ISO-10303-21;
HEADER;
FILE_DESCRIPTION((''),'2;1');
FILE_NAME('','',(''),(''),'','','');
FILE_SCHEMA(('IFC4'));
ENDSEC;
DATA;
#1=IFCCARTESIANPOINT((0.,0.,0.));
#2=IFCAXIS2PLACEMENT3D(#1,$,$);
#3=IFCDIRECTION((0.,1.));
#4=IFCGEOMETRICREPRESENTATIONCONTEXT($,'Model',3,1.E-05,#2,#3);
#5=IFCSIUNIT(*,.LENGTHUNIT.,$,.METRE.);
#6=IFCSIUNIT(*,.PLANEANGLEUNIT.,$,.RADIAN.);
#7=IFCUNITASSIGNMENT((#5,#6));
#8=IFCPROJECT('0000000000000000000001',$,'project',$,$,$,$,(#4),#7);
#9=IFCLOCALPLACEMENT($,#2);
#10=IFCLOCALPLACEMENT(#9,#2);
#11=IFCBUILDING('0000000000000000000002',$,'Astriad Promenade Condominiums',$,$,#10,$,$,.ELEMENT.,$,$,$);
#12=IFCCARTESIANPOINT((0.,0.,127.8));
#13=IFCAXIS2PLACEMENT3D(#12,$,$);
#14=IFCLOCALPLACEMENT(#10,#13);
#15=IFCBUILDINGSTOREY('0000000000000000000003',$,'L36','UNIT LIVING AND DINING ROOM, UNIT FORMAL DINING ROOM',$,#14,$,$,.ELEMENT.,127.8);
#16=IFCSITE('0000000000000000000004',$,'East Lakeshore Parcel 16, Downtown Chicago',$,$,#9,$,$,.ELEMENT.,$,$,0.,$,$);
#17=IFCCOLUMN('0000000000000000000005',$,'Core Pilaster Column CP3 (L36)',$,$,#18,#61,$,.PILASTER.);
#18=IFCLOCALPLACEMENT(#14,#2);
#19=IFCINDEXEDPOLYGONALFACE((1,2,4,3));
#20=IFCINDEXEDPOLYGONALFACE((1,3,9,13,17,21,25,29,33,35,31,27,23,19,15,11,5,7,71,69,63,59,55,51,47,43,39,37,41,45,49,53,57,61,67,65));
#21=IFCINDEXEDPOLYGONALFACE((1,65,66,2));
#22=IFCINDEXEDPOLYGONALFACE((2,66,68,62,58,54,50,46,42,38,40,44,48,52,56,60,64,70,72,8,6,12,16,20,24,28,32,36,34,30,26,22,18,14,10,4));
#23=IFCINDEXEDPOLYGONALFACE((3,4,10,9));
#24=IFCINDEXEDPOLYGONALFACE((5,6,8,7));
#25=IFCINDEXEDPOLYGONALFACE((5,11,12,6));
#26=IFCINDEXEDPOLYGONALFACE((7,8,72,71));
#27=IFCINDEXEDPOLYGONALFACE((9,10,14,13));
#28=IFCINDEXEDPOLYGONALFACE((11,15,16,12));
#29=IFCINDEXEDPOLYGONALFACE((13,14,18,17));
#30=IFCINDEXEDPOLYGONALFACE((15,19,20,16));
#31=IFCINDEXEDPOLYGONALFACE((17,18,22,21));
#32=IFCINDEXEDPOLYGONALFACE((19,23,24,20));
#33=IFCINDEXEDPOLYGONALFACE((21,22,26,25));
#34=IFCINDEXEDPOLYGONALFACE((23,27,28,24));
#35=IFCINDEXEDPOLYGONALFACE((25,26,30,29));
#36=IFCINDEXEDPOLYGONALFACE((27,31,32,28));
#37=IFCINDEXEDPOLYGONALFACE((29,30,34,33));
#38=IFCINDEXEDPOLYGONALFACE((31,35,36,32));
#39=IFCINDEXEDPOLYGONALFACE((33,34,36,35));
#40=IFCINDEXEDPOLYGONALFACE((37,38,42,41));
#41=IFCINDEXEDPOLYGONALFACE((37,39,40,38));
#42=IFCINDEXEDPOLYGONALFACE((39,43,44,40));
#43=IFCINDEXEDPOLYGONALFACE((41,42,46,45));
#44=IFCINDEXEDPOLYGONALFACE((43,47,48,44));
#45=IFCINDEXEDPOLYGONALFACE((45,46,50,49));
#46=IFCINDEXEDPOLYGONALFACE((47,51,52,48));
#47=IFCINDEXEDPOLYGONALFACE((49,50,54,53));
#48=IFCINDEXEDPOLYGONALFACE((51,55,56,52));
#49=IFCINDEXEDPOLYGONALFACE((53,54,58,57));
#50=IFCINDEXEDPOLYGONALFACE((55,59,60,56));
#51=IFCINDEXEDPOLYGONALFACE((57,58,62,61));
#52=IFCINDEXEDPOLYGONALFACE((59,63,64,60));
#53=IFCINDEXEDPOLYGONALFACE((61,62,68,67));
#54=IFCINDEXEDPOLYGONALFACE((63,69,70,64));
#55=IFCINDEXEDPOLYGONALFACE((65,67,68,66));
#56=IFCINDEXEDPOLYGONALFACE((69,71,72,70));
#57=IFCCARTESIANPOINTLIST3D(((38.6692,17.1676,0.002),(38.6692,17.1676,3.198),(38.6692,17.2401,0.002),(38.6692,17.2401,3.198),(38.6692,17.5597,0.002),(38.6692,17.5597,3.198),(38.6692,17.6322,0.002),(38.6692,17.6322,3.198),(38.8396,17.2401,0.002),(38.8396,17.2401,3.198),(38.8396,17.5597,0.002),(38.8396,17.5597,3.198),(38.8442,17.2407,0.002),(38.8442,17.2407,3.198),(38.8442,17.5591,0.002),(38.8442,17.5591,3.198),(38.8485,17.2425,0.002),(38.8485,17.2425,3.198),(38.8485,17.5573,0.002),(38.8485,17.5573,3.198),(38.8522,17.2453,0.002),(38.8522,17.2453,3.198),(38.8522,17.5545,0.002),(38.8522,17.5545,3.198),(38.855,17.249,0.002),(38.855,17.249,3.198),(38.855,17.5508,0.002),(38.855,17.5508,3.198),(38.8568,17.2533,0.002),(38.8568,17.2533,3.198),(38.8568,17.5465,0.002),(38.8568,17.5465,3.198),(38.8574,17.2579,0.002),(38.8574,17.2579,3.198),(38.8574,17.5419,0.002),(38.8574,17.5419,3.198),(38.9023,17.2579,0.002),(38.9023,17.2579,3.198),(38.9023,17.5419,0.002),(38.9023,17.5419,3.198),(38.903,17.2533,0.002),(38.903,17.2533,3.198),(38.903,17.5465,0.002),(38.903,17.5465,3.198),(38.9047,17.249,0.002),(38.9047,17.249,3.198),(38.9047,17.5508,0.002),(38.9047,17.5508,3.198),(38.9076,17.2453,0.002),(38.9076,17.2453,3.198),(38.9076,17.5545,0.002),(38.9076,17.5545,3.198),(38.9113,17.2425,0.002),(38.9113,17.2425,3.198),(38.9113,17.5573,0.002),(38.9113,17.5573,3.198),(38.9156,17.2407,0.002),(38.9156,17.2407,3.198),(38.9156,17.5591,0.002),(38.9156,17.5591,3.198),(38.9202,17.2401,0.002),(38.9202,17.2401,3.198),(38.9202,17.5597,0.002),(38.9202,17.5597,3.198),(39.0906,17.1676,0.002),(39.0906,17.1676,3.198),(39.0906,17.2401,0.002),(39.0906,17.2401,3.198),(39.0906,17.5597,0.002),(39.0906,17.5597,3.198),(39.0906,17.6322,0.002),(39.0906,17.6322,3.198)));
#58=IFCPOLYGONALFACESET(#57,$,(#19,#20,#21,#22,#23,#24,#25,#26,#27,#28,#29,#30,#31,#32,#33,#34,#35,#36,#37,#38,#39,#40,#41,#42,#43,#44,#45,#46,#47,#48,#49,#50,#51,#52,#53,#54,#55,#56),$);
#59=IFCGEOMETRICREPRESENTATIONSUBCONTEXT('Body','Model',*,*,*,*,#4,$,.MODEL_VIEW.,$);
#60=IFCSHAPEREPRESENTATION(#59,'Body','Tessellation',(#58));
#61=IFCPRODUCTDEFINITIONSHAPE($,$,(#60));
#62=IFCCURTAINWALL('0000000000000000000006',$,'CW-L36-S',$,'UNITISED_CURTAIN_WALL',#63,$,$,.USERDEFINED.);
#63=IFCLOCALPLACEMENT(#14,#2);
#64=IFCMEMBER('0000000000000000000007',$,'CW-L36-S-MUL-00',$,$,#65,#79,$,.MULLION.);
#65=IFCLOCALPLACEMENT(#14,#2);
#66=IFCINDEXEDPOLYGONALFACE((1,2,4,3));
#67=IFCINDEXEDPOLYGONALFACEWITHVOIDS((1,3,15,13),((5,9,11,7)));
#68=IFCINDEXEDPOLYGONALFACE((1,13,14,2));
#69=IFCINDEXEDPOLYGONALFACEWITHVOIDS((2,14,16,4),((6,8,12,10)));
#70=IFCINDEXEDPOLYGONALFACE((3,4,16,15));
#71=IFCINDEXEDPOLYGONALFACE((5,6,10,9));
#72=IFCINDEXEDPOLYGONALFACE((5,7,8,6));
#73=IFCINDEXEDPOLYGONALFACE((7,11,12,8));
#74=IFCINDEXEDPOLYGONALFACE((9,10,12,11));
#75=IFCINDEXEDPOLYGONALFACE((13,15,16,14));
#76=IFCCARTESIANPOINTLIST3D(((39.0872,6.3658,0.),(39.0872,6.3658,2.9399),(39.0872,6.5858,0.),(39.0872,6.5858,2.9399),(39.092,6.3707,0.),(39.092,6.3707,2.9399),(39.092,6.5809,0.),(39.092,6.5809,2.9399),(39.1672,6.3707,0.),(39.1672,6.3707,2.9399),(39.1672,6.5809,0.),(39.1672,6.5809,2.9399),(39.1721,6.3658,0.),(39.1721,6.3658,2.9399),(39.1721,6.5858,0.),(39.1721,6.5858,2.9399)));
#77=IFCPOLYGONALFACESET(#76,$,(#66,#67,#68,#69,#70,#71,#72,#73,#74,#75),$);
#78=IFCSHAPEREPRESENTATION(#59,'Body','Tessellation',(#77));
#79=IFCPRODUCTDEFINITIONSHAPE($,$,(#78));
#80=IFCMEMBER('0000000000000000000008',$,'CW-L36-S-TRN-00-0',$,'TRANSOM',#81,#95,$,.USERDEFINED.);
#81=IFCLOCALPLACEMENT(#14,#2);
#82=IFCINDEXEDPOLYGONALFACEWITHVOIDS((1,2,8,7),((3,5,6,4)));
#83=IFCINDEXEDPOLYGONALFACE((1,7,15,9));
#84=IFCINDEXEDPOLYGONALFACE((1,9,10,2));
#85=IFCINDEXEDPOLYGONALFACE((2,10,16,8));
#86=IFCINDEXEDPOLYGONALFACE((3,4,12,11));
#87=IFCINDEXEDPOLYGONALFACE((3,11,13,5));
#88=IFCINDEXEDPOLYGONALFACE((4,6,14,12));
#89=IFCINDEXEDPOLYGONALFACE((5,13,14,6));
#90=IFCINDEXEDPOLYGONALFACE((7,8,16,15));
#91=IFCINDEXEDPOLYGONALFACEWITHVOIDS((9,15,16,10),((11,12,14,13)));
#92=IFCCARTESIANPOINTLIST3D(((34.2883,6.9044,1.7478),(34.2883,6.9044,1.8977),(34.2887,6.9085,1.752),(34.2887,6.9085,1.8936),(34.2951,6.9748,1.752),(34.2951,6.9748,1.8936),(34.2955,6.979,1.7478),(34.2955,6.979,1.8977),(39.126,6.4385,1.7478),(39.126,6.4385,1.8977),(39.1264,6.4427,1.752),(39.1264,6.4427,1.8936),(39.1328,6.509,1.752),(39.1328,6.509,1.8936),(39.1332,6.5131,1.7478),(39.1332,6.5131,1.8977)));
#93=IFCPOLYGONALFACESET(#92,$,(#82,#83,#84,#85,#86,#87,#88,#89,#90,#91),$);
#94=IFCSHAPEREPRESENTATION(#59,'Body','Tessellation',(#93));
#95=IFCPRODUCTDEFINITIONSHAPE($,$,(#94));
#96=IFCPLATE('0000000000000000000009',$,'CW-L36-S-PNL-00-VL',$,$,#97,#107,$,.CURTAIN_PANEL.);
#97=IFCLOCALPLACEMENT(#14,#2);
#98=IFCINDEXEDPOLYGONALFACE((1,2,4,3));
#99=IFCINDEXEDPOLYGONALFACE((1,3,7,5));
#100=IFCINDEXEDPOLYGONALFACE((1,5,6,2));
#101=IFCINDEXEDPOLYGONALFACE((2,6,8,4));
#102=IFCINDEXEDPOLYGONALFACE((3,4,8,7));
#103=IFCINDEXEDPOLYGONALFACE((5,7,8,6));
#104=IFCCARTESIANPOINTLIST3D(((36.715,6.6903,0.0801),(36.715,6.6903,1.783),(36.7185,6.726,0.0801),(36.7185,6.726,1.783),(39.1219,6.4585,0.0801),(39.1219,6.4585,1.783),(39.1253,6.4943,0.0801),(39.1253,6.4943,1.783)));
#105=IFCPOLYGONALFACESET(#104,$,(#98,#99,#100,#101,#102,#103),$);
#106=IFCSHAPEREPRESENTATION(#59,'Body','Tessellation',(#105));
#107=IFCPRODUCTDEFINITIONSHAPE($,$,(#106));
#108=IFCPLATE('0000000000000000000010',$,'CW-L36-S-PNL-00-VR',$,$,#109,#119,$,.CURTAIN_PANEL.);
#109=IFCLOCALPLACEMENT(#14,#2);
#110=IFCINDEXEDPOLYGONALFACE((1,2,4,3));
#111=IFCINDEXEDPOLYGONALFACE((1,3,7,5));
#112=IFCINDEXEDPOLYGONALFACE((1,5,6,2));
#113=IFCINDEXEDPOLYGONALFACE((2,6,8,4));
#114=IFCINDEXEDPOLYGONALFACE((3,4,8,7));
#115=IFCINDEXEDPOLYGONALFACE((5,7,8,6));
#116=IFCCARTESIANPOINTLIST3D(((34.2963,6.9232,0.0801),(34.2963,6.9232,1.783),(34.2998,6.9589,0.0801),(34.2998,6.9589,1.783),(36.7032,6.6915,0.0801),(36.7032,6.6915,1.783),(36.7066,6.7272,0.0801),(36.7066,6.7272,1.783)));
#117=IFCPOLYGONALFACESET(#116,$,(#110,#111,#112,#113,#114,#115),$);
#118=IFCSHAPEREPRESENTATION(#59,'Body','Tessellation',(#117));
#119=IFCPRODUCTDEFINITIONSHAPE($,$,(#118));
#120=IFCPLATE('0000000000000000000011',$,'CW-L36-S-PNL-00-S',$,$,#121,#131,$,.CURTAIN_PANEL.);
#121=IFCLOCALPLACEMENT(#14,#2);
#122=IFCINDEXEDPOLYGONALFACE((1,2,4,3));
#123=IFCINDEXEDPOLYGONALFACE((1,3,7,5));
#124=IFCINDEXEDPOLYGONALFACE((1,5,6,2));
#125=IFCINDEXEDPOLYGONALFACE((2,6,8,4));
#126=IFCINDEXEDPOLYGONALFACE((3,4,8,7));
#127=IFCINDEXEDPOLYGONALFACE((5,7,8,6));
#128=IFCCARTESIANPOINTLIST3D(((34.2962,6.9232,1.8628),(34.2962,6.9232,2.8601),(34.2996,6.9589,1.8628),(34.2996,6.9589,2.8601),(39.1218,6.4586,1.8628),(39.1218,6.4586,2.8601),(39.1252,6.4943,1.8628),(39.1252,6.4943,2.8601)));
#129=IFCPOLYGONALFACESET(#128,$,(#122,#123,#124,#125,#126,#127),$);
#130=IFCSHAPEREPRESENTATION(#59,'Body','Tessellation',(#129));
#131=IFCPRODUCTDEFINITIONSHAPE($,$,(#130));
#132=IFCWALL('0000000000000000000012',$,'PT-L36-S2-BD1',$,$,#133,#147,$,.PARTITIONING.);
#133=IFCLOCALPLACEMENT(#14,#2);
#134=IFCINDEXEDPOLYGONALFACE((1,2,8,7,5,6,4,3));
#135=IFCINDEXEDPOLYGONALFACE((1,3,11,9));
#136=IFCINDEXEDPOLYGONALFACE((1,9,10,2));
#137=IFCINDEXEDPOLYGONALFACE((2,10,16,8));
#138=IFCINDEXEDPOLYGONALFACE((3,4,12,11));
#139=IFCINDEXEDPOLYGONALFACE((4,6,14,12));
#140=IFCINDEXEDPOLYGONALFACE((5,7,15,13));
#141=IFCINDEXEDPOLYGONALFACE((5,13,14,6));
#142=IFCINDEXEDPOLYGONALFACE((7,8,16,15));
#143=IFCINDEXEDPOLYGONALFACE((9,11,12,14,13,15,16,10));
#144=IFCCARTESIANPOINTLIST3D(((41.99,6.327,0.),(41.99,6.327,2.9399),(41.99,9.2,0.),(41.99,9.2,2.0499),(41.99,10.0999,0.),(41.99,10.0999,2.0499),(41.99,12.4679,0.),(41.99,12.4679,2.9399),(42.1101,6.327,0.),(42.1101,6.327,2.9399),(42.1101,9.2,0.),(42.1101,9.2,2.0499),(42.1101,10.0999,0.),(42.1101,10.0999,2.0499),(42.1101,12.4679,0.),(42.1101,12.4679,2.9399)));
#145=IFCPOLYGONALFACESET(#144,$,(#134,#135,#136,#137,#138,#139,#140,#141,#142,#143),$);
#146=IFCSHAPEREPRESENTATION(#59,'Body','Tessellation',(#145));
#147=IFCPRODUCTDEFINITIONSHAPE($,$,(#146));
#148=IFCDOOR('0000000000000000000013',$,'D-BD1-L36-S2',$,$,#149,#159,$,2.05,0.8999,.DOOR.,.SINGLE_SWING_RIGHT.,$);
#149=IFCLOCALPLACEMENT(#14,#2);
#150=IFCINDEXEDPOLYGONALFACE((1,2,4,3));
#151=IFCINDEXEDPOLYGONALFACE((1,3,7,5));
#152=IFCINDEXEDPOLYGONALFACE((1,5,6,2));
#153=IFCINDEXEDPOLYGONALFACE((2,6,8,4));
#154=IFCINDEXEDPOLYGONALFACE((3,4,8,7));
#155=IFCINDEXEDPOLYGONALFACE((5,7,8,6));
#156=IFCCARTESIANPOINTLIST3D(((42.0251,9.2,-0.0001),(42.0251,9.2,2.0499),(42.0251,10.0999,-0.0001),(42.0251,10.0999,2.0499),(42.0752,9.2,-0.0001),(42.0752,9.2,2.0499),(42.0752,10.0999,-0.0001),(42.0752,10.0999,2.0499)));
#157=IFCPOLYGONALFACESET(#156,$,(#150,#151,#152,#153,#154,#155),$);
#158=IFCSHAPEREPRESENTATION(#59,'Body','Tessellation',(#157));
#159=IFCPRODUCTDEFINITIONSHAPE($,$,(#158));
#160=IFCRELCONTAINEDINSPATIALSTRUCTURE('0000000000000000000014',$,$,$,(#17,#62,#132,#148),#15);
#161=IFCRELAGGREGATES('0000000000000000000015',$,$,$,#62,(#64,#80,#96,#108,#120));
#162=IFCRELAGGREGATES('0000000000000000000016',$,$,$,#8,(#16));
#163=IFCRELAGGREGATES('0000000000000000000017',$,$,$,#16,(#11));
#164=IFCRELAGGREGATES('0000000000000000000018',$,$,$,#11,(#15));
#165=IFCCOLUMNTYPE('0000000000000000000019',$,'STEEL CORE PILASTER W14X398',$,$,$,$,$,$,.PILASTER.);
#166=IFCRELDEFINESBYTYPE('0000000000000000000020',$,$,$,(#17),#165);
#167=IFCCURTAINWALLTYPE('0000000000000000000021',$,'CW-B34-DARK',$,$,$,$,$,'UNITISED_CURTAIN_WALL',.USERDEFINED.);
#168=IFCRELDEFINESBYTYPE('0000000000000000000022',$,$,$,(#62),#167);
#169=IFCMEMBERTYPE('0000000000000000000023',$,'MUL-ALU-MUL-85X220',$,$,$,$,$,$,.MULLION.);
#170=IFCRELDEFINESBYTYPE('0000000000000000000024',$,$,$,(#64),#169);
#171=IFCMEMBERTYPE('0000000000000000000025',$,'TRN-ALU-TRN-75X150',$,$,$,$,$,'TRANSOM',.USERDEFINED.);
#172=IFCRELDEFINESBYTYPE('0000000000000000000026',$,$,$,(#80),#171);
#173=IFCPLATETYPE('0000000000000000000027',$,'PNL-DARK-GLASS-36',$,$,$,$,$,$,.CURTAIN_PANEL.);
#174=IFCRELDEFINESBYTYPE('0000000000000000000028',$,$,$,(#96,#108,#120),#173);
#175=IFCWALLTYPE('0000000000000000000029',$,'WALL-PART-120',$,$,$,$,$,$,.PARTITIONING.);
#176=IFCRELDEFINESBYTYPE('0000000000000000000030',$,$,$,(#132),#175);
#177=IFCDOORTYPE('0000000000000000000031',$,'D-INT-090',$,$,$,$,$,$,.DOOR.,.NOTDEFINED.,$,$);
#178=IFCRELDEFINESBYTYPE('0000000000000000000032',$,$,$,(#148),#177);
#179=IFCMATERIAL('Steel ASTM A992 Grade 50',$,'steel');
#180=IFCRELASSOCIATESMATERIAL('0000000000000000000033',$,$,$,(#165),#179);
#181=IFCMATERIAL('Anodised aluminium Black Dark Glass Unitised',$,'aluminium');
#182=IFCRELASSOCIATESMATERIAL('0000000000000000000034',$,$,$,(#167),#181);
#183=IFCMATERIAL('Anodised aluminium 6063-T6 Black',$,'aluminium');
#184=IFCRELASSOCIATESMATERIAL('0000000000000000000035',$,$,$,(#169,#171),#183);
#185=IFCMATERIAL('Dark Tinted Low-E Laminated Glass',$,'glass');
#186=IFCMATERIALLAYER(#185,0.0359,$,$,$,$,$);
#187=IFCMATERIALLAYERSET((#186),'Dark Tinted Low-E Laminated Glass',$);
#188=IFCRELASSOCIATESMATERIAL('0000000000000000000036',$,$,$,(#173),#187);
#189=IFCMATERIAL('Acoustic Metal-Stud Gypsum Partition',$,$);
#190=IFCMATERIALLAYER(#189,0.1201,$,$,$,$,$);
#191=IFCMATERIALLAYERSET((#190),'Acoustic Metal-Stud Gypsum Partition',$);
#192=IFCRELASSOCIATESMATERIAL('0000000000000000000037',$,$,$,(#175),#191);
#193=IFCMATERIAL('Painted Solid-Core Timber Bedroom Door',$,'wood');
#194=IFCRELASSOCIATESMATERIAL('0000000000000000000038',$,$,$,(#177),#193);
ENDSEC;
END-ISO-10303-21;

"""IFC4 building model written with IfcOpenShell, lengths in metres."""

from ifc_helpers import new_model, si_unit, direction, frame, frame_2d, origin, origin_2d, place, context, subcontext, project, spatial, rectangle, hollow_rectangle, i_section, extrude, source, transform, mapped, material, layer, layer_set, material_profile, profile_set, type_object, type_shapes, element, fill, aggregate, save


model = new_model("IFC4")

# Units and contexts
model_context = context("Model", 3, precision=1e-05, world=origin(), true_north=direction((0.0, 1.0)))
body_context = subcontext(model_context, "Body", "Model", "MODEL_VIEW")
ifc_project = project(units=[si_unit("LENGTHUNIT", "METRE"), si_unit("PLANEANGLEUNIT", "RADIAN")], contexts=[model_context])

# Site, building, storey
site_placement = place(None, origin())
site = spatial("IfcSite", under=ifc_project, at=site_placement, Name="East Lakeshore Parcel 16, Downtown Chicago", CompositionType="ELEMENT", RefElevation=0.0)
building_placement = place(site_placement, origin())
building = spatial("IfcBuilding", under=site, at=building_placement, Name="Astriad Promenade Condominiums", CompositionType="ELEMENT")
storey_placement = place(building_placement, frame((0.0, 0.0, 127.8)))
storey = spatial("IfcBuildingStorey", under=building, at=storey_placement, Name="L36", Description="UNIT LIVING AND DINING ROOM, UNIT FORMAL DINING ROOM", CompositionType="ELEMENT", Elevation=127.8)

# Column
ifc_material_1 = material(Name="Steel ASTM A992 Grade 50", Category="steel")
ifc_material_profile_1 = material_profile(ifc_material_1, i_section(OverallWidth=0.4214, OverallDepth=0.4646, WebThickness=0.0449, FlangeThickness=0.0725, FilletRadius=0.0178, at=origin_2d()), Name="W14X398")
ifc_profile_set_1 = profile_set([ifc_material_profile_1], Name="Steel ASTM A992 Grade 50")
column_type = type_object("IfcColumnType", Name="STEEL CORE PILASTER W14X398", PredefinedType="PILASTER", material=ifc_profile_set_1)
shared_shape_1 = source(origin(), body_context, "Body", "SweptSolid", [
    extrude(i_section(OverallWidth=0.4214, OverallDepth=0.4646, WebThickness=0.0449, FlangeThickness=0.0725, FilletRadius=0.0178, at=origin_2d()), origin(), (0.0, 0.0, 1.0), 3.196),
])
type_shapes(column_type, [shared_shape_1])
column_placement = place(storey_placement, frame((38.8799, 17.3999, 0.002), z_axis=(0.0, 0.0, 1.0), x_axis=(1.0, 0.0, 0.0)))
element("IfcColumn", 1, at=column_placement, inside=storey, type_object=column_type, Name="Core Pilaster Column CP3 (L36)", PredefinedType="PILASTER", context=body_context, shape_type="MappedRepresentation", body=[
    mapped(shared_shape_1, transform((0.0, 0.0, 0.0), scale=1.0)),
])

# Curtain wall, members, plates
ifc_material_2 = material(Name="Anodised aluminium Black Dark Glass Unitised", Category="aluminium")
curtain_wall_type = type_object("IfcCurtainWallType", Name="CW-B34-DARK", ElementType="UNITISED_CURTAIN_WALL", PredefinedType="USERDEFINED", material=ifc_material_2)
curtain_wall_placement = place(storey_placement, origin())
curtain_wall = element("IfcCurtainWall", 2, at=curtain_wall_placement, inside=storey, type_object=curtain_wall_type, Name="CW-L36-S", ObjectType="UNITISED_CURTAIN_WALL", PredefinedType="USERDEFINED")
ifc_material_3 = material(Name="Anodised aluminium 6063-T6 Black", Category="aluminium")
ifc_material_profile_2 = material_profile(ifc_material_3, hollow_rectangle(XDim=0.085, YDim=0.22, WallThickness=0.0049, at=origin_2d()), Name="ALU-MUL-85X220")
ifc_profile_set_2 = profile_set([ifc_material_profile_2], Name="Anodised aluminium 6063-T6 Black")
member_type_1 = type_object("IfcMemberType", Name="MUL-ALU-MUL-85X220", PredefinedType="MULLION", material=ifc_profile_set_2)
shared_shape_2 = source(origin(), body_context, "Body", "SweptSolid", [
    extrude(hollow_rectangle(XDim=0.085, YDim=0.22, WallThickness=0.0049, at=origin_2d()), origin(), (0.0, 0.0, 1.0), 2.9399),
])
type_shapes(member_type_1, [shared_shape_2])
member_1_placement = place(storey_placement, frame((39.1296, 6.4758, 0.0), z_axis=(0.0, 0.0, 1.0), x_axis=(1.0, 0.0, 0.0)))
member_1 = element("IfcMember", 3, at=member_1_placement, type_object=member_type_1, Name="CW-L36-S-MUL-00", PredefinedType="MULLION", context=body_context, shape_type="MappedRepresentation", body=[
    mapped(shared_shape_2, transform((0.0, 0.0, 0.0), scale=1.0)),
])
ifc_material_profile_3 = material_profile(ifc_material_3, hollow_rectangle(XDim=0.075, YDim=0.1499, WallThickness=0.0042, at=origin_2d()), Name="ALU-TRN-75X150")
ifc_profile_set_3 = profile_set([ifc_material_profile_3], Name="Anodised aluminium 6063-T6 Black")
member_type_2 = type_object("IfcMemberType", Name="TRN-ALU-TRN-75X150", ElementType="TRANSOM", PredefinedType="USERDEFINED", material=ifc_profile_set_3)
shared_shape_3 = source(origin(), body_context, "Body", "SweptSolid", [
    extrude(hollow_rectangle(XDim=0.075, YDim=0.1499, WallThickness=0.0042, at=origin_2d()), origin(), (0.0, 0.0, 1.0), 4.8601),
])
type_shapes(member_type_2, [shared_shape_3])
member_2_placement = place(storey_placement, frame((39.1296, 6.4758, 1.8228), z_axis=(-0.995396, 0.095847, 0.0), x_axis=(-0.095847, -0.995396, 0.0)))
member_2 = element("IfcMember", 4, at=member_2_placement, type_object=member_type_2, Name="CW-L36-S-TRN-00-0", ObjectType="TRANSOM", PredefinedType="USERDEFINED", context=body_context, shape_type="MappedRepresentation", body=[
    mapped(shared_shape_3, transform((0.0, 0.0, 0.0), scale=1.0)),
])
ifc_material_4 = material(Name="Dark Tinted Low-E Laminated Glass", Category="glass")
ifc_layer_1 = layer(ifc_material_4, 0.0359)
ifc_layer_set_1 = layer_set([ifc_layer_1], Name="Dark Tinted Low-E Laminated Glass")
plate_type = type_object("IfcPlateType", Name="PNL-DARK-GLASS-36", PredefinedType="CURTAIN_PANEL", material=ifc_layer_set_1)
shared_shape_4 = source(origin(), body_context, "Body", "SweptSolid", [
    extrude(rectangle(XDim=2.418, YDim=0.0359, at=origin_2d()), origin(), (0.0, 0.0, 1.0), 1.7029),
])
plate_1_placement = place(storey_placement, frame((37.9202, 6.5923, 0.0801), z_axis=(0.0, 0.0, 1.0), x_axis=(-0.995396, 0.095846, 0.0)))
plate_1 = element("IfcPlate", 5, at=plate_1_placement, type_object=plate_type, Name="CW-L36-S-PNL-00-VL", PredefinedType="CURTAIN_PANEL", context=body_context, shape_type="MappedRepresentation", body=[
    mapped(shared_shape_4, transform((0.0, 0.0, 0.0), scale=1.0)),
])
plate_2_placement = place(storey_placement, frame((35.5015, 6.8252, 0.0801), z_axis=(0.0, 0.0, 1.0), x_axis=(-0.995396, 0.095846, 0.0)))
plate_2 = element("IfcPlate", 6, at=plate_2_placement, type_object=plate_type, Name="CW-L36-S-PNL-00-VR", PredefinedType="CURTAIN_PANEL", context=body_context, shape_type="MappedRepresentation", body=[
    mapped(shared_shape_4, transform((0.0, 0.0, 0.0), scale=1.0)),
])
shared_shape_5 = source(origin(), body_context, "Body", "SweptSolid", [
    extrude(rectangle(XDim=4.8479, YDim=0.0359, at=origin_2d()), origin(), (0.0, 0.0, 1.0), 0.9973),
])
type_shapes(plate_type, [shared_shape_4, shared_shape_5])
plate_3_placement = place(storey_placement, frame((36.7107, 6.7087, 1.8628), z_axis=(0.0, 0.0, 1.0), x_axis=(-0.995396, 0.095846, 0.0)))
plate_3 = element("IfcPlate", 7, at=plate_3_placement, type_object=plate_type, Name="CW-L36-S-PNL-00-S", PredefinedType="CURTAIN_PANEL", context=body_context, shape_type="MappedRepresentation", body=[
    mapped(shared_shape_5, transform((0.0, 0.0, 0.0), scale=1.0)),
])
aggregate(curtain_wall, [member_1, member_2, plate_1, plate_2, plate_3])

# Wall, opening, door
ifc_material_5 = material(Name="Acoustic Metal-Stud Gypsum Partition")
ifc_layer_2 = layer(ifc_material_5, 0.1201)
ifc_layer_set_2 = layer_set([ifc_layer_2], Name="Acoustic Metal-Stud Gypsum Partition")
wall_type_1 = type_object("IfcWallType", Name="WALL-PART-120", PredefinedType="PARTITIONING", material=ifc_layer_set_2)
wall_1_placement = place(storey_placement, frame((42.05, 6.3271, 0.0), z_axis=(0.0, 0.0, 1.0), x_axis=(0.0, 1.0, 0.0)))
wall_1 = element("IfcWall", 8, at=wall_1_placement, inside=storey, type_object=wall_type_1, Name="PT-L36-S2-BD1", PredefinedType="PARTITIONING", context=body_context, shape_type="SweptSolid", body=[
    extrude(rectangle(XDim=6.1409, YDim=0.1201, at=frame_2d((3.0703, 0.0))), origin(), (0.0, 0.0, 1.0), 2.9399),
])
opening_1_placement = place(wall_1_placement, frame((2.8728, 0.0, 0.0)))
opening_1 = element("IfcOpeningElement", 9, at=opening_1_placement, cuts=wall_1, PredefinedType="OPENING", context=body_context, shape_type="SweptSolid", body=[
    extrude(rectangle(XDim=0.8999, YDim=2.05, at=frame_2d((0.45, 1.0249))), frame((0.0, 0.0701, 0.0), z_axis=(0.0, -1.0, 0.0), x_axis=(1.0, 0.0, 0.0)), (0.0, 0.0, 1.0), 0.1401),
])
ifc_material_6 = material(Name="Painted Solid-Core Timber Bedroom Door", Category="wood")
door_type_1 = type_object("IfcDoorType", Name="D-INT-090", OperationType="NOTDEFINED", PredefinedType="DOOR", material=ifc_material_6)
shared_shape_6 = source(origin(), body_context, "Body", "SweptSolid", [
    extrude(rectangle(XDim=0.8999, YDim=2.05, at=frame_2d((0.45, 1.0249))), frame((0.0, 0.0249, 0.0), z_axis=(0.0, -1.0, 0.0), x_axis=(1.0, 0.0, 0.0)), (0.0, 0.0, 1.0), 0.05),
])
type_shapes(door_type_1, [shared_shape_6])
door_1_placement = place(opening_1_placement, origin())
door_1 = element("IfcDoor", 10, at=door_1_placement, inside=storey, type_object=door_type_1, Name="D-BD1-L36-S2", OperationType="SINGLE_SWING_RIGHT", OverallHeight=2.05, OverallWidth=0.8999, PredefinedType="DOOR", context=body_context, shape_type="MappedRepresentation", body=[
    mapped(shared_shape_6, transform((0.0, 0.0, 0.0), scale=1.0)),
])
fill(opening_1, door_1)

save(model, "model.ifc")
